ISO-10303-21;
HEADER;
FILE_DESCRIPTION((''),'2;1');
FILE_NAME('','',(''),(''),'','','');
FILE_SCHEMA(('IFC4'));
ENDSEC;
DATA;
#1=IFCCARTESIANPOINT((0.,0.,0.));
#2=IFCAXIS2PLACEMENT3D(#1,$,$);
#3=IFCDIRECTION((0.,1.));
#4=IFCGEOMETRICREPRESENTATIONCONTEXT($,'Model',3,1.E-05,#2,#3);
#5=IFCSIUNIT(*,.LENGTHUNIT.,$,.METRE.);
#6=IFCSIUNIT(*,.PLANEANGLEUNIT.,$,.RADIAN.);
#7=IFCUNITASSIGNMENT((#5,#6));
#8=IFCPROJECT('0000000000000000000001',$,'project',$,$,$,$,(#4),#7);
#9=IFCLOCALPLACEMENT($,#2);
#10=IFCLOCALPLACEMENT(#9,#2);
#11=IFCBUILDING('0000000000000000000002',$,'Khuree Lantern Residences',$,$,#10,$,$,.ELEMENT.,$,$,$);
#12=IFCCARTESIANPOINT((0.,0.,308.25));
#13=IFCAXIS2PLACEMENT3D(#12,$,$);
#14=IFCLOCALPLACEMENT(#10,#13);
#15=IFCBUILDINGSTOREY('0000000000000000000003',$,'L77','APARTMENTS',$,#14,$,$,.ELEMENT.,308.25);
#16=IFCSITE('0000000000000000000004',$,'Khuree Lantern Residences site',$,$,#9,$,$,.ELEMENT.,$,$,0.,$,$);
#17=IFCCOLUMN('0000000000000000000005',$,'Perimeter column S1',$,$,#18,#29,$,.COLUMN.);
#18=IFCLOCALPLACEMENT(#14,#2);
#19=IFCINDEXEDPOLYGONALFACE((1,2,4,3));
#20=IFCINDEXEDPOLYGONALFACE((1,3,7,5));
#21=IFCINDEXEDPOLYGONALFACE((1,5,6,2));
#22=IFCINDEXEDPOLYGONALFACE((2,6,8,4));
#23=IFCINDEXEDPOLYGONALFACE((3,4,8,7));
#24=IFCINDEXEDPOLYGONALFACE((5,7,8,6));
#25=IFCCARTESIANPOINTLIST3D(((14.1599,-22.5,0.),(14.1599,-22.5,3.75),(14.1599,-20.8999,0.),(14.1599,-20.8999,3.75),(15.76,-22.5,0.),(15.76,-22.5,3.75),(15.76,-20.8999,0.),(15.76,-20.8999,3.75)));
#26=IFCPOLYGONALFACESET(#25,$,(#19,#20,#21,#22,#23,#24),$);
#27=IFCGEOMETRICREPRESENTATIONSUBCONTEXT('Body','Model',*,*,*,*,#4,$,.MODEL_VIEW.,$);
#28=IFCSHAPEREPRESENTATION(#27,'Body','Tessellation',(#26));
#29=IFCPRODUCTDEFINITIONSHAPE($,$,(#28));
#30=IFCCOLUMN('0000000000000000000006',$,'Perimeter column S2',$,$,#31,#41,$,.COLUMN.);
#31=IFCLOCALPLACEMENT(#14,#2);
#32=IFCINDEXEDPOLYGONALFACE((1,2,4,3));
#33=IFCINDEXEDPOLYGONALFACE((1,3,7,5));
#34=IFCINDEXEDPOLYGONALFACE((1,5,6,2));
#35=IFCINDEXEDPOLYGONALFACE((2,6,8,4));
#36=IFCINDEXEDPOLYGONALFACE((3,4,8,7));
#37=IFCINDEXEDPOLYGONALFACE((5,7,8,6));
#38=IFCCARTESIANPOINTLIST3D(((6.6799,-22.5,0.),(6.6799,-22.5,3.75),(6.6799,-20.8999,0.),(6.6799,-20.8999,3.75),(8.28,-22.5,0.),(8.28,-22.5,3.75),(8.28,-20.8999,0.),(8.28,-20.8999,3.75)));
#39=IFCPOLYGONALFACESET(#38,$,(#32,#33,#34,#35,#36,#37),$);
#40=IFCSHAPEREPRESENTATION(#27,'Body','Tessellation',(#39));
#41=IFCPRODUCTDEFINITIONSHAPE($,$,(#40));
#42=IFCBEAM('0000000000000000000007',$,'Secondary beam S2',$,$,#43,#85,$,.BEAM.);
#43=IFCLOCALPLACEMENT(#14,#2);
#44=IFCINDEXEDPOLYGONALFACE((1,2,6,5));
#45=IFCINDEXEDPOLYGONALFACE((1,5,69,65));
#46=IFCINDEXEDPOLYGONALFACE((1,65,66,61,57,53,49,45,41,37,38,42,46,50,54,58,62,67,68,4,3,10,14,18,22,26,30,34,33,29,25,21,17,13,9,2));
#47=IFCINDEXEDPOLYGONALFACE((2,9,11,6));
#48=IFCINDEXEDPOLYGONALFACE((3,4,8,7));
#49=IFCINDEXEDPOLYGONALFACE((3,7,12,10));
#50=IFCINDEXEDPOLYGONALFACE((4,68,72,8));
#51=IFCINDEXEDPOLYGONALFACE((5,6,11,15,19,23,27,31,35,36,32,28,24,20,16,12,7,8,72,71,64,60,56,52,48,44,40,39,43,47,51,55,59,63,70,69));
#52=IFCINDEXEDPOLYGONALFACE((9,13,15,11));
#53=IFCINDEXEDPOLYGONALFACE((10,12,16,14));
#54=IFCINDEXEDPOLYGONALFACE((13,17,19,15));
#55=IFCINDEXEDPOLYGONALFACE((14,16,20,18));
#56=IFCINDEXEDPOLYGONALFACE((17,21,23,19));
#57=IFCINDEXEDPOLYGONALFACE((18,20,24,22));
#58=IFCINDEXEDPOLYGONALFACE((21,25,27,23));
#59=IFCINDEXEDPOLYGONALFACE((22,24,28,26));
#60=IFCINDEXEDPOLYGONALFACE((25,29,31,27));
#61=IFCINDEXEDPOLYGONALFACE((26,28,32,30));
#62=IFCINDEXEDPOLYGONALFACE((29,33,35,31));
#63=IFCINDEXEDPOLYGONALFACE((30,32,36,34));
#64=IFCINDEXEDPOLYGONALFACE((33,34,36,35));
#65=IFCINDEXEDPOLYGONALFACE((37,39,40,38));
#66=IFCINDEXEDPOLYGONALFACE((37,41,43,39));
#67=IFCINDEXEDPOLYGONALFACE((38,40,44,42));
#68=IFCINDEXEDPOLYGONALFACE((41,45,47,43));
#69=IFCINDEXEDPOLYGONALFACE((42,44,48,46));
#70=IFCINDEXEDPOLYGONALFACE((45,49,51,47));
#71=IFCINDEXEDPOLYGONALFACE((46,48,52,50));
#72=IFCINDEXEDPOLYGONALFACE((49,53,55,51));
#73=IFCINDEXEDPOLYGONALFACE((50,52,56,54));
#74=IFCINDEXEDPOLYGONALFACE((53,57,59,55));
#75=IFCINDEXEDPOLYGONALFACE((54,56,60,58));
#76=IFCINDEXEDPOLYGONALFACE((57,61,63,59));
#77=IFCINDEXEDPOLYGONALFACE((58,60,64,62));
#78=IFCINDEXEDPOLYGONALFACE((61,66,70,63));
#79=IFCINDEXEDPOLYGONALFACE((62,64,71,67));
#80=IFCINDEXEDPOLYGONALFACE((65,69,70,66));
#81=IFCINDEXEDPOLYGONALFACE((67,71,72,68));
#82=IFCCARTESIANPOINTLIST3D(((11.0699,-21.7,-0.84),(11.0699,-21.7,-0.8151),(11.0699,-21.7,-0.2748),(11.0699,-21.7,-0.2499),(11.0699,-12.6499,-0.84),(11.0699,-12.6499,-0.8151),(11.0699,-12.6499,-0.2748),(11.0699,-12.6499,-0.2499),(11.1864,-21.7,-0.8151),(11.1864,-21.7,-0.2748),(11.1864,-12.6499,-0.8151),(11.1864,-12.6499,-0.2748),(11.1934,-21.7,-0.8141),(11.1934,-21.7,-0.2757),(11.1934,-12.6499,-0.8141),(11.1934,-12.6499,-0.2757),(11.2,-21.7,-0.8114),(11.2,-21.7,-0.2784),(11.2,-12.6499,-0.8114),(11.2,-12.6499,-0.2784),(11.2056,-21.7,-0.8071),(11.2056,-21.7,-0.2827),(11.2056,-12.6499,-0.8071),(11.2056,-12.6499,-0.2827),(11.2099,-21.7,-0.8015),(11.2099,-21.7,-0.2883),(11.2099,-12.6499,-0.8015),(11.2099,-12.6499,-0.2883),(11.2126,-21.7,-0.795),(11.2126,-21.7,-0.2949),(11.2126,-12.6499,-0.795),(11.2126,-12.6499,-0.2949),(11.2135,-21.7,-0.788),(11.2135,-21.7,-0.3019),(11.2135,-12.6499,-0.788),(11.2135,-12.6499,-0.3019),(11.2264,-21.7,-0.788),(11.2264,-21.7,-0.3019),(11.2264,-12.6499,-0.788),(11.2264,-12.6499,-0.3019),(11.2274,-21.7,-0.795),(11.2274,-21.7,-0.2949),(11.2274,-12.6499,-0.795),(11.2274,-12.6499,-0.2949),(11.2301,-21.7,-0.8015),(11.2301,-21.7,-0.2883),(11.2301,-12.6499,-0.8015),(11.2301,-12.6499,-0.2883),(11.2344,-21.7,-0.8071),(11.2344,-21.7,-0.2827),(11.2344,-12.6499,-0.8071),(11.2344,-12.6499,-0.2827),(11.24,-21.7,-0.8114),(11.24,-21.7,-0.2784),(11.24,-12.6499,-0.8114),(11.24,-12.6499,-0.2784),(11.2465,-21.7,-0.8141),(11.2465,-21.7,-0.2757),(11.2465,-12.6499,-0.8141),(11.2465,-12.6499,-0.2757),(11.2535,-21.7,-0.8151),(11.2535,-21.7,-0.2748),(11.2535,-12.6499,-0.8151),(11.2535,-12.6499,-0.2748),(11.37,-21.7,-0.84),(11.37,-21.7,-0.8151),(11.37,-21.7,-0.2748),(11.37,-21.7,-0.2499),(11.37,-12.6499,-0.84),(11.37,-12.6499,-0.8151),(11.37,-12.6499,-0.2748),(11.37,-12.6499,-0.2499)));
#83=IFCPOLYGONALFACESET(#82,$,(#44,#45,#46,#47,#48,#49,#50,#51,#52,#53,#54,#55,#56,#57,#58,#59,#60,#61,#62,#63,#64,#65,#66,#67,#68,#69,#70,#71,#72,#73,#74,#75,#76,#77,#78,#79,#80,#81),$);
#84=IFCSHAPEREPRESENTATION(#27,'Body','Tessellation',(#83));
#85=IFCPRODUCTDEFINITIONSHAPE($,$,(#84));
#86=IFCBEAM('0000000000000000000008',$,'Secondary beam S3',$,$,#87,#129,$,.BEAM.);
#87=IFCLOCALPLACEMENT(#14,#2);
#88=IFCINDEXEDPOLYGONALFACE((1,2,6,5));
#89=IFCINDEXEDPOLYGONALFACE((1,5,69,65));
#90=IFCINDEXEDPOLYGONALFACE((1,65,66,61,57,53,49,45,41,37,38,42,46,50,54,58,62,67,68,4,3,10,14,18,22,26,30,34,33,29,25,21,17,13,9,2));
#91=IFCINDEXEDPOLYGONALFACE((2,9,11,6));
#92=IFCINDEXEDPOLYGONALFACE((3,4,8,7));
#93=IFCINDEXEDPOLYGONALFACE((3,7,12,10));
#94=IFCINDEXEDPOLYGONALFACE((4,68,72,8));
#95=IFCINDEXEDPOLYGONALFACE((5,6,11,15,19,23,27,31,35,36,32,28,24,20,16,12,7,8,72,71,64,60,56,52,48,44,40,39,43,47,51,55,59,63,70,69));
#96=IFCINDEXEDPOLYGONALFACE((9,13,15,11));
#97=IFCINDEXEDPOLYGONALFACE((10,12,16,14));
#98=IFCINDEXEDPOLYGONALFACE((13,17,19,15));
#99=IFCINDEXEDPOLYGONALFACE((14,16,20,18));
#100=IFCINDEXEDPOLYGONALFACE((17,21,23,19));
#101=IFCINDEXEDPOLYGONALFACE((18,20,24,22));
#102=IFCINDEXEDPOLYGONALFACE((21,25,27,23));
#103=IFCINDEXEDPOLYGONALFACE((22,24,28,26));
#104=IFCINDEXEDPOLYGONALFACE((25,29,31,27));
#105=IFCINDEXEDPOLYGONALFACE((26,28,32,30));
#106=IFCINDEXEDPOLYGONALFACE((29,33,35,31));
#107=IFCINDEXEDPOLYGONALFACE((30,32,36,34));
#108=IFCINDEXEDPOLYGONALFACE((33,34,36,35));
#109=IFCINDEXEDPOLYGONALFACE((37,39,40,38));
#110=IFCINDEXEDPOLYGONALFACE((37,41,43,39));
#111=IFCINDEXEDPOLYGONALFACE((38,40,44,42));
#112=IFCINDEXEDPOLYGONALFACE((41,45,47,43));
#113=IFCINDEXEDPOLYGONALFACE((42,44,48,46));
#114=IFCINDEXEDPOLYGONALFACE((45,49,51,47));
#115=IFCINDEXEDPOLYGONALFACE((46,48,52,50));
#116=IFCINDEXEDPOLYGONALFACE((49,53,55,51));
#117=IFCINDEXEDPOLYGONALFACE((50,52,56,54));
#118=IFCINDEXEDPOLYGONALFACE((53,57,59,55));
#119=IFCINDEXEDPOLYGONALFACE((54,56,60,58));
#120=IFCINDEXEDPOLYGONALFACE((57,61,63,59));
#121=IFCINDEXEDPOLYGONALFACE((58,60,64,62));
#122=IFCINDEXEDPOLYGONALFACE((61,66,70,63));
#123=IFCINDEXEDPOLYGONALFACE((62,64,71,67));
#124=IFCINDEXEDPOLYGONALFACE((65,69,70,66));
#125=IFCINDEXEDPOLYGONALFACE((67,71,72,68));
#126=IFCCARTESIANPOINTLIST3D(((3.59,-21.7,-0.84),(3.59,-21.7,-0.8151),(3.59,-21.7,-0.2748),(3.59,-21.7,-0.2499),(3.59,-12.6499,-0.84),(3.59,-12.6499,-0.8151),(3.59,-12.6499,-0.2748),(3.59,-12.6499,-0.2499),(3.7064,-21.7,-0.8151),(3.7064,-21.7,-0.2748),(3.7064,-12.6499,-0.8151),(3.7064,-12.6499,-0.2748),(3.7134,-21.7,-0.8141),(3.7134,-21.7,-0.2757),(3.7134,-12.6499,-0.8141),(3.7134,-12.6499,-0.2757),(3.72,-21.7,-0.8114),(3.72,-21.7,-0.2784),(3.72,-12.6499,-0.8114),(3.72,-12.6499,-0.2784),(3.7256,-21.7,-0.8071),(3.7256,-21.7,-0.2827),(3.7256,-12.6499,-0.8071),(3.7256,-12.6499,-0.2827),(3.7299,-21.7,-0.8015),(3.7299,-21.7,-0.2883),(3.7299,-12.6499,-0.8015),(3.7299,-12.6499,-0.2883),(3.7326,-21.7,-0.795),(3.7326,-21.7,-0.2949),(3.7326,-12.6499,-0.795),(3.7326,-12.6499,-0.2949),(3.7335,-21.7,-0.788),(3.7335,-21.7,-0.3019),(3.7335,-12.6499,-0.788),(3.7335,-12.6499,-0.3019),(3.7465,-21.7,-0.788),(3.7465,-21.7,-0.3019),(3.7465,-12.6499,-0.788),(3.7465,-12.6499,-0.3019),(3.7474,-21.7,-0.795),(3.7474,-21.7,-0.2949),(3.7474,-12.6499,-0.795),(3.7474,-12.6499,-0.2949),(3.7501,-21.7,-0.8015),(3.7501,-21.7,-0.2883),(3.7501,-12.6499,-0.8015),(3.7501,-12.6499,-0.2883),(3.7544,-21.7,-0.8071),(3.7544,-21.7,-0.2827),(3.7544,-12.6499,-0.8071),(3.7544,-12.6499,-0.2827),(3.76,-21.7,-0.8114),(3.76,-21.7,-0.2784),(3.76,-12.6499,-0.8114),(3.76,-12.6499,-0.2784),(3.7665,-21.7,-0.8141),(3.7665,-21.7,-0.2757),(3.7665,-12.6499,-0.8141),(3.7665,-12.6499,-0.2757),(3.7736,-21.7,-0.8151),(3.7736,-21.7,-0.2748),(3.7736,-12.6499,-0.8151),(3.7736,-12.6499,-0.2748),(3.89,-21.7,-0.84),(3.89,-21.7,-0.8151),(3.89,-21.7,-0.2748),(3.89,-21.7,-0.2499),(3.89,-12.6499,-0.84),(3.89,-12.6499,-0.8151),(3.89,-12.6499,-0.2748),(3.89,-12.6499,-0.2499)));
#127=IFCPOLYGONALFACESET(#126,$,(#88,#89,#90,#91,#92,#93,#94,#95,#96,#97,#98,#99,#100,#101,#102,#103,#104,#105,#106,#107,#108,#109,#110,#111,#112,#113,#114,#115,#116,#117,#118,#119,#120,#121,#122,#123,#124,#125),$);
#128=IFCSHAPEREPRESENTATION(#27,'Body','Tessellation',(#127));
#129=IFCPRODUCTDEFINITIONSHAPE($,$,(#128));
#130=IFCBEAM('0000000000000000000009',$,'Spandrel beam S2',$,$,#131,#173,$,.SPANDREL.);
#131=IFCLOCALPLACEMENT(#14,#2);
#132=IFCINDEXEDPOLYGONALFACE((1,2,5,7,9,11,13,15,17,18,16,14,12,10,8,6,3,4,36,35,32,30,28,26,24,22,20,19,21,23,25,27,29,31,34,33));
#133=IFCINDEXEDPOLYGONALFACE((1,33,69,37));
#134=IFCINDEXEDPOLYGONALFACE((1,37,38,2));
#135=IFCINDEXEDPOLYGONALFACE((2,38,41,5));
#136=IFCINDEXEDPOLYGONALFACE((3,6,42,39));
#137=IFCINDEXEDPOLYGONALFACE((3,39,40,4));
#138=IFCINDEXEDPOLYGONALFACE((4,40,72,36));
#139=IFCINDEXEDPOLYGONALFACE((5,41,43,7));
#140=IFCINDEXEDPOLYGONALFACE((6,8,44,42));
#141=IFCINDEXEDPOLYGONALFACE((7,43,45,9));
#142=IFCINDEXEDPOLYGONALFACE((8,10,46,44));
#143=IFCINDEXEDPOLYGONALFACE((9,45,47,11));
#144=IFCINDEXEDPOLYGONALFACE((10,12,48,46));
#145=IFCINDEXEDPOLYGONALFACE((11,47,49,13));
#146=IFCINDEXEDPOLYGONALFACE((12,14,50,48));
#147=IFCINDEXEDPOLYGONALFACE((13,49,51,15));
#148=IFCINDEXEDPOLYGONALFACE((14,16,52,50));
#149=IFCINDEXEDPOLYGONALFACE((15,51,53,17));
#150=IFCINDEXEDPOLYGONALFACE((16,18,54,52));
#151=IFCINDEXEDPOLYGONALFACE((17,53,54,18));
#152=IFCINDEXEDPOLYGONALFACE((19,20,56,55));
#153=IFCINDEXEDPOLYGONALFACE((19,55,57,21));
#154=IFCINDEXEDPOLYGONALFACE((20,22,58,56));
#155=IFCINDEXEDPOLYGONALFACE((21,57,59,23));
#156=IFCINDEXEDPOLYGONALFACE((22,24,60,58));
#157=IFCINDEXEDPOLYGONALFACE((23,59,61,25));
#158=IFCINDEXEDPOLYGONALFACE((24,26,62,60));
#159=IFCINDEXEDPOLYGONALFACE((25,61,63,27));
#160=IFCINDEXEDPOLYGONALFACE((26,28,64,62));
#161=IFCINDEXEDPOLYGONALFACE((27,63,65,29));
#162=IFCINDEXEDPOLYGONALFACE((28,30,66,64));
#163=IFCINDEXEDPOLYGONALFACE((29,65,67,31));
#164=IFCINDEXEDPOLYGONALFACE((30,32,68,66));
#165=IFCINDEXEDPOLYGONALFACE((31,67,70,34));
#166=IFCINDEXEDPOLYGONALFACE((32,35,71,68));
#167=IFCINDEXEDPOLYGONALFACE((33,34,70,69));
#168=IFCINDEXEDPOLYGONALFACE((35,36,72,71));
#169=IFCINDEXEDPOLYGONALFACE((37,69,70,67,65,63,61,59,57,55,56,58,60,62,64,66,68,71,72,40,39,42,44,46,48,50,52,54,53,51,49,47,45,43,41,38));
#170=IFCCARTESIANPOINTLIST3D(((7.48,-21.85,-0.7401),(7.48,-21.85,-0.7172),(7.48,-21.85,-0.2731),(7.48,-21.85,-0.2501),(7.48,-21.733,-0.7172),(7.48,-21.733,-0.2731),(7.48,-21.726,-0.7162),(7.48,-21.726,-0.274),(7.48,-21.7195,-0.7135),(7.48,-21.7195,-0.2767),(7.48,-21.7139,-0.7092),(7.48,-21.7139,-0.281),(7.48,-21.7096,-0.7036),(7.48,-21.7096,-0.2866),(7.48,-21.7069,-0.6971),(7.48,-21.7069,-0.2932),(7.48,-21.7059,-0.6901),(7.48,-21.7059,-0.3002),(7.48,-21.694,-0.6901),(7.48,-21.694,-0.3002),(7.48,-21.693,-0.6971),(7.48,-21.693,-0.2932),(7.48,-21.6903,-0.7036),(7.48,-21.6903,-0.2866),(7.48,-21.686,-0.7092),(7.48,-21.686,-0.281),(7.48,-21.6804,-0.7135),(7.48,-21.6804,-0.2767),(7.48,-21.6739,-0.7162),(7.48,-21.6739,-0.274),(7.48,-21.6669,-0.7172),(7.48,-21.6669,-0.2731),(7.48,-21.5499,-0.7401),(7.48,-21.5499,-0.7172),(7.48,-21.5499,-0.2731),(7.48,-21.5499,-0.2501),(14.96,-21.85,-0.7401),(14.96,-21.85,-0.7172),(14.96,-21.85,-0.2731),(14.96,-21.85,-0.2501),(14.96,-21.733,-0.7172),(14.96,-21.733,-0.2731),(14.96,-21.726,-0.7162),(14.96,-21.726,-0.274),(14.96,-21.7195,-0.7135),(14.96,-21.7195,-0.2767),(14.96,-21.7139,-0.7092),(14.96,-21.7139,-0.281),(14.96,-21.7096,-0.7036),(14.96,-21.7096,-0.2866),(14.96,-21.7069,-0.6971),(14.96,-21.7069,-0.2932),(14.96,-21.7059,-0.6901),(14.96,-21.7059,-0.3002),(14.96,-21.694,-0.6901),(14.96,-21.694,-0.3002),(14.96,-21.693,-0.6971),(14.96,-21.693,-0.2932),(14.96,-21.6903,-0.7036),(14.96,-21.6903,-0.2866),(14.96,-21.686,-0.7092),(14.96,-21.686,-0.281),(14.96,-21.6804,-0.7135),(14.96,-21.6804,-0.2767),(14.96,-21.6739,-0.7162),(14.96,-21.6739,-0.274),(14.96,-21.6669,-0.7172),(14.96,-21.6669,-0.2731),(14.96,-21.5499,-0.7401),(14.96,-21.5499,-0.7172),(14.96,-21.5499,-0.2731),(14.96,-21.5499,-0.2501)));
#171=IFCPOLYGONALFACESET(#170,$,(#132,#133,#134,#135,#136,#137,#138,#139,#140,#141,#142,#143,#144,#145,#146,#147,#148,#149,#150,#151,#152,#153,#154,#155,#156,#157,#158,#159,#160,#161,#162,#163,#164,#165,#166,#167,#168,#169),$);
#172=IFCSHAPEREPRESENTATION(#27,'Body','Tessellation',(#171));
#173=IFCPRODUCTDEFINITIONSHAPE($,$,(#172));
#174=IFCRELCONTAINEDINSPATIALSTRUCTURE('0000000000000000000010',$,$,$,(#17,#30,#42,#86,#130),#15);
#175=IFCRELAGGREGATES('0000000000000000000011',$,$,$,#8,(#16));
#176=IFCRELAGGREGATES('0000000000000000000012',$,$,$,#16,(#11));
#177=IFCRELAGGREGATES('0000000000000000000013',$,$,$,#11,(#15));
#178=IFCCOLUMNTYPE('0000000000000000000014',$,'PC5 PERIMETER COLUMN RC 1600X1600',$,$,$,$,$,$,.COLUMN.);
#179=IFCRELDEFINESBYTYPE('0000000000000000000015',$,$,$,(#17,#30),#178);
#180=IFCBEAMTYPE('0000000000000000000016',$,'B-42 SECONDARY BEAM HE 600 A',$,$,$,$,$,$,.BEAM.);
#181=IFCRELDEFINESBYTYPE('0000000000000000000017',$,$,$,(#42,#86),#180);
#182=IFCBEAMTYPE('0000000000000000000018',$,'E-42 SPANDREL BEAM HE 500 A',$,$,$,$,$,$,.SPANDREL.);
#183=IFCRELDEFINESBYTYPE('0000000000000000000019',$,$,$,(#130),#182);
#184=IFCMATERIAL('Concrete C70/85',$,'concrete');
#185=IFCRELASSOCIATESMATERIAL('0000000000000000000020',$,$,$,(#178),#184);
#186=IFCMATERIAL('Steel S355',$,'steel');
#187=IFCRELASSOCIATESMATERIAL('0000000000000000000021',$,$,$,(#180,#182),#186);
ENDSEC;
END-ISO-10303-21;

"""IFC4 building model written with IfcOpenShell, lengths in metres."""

from ifc_helpers import new_model, si_unit, direction, frame, origin, origin_2d, place, context, subcontext, project, spatial, rectangle, i_section, extrude, material, material_profile, profile_set, type_object, element, save


model = new_model("IFC4")

# Units and contexts
model_context = context("Model", 3, precision=1e-05, world=origin(), true_north=direction((0.0, 1.0)))
body_context = subcontext(model_context, "Body", "Model", "MODEL_VIEW")
ifc_project = project(units=[si_unit("LENGTHUNIT", "METRE"), si_unit("PLANEANGLEUNIT", "RADIAN")], contexts=[model_context])

# Site, building, storey
site_placement = place(None, origin())
site = spatial("IfcSite", under=ifc_project, at=site_placement, Name="Khuree Lantern Residences site", CompositionType="ELEMENT", RefElevation=0.0)
building_placement = place(site_placement, origin())
building = spatial("IfcBuilding", under=site, at=building_placement, Name="Khuree Lantern Residences", CompositionType="ELEMENT")
storey_placement = place(building_placement, frame((0.0, 0.0, 308.25)))
storey = spatial("IfcBuildingStorey", under=building, at=storey_placement, Name="L77", Description="APARTMENTS", CompositionType="ELEMENT", Elevation=308.25)

# Columns
ifc_material_1 = material(Name="Concrete C70/85", Category="concrete")
ifc_material_profile_1 = material_profile(ifc_material_1, rectangle(XDim=1.6001, YDim=1.6001, at=origin_2d()), Name="RC 1600X1600")
ifc_profile_set_1 = profile_set([ifc_material_profile_1], Name="Concrete C70/85")
column_type = type_object("IfcColumnType", Name="PC5 PERIMETER COLUMN RC 1600X1600", PredefinedType="COLUMN", material=ifc_profile_set_1)
for number, where, z_axis, x_axis, name in (
    (1, (14.96, -21.7, 0.0), (0.0, 0.0, 1.0), (1.0, 0.0, 0.0), "Perimeter column S1"),
    (2, (7.48, -21.7, 0.0), (0.0, 0.0, 1.0), (1.0, 0.0, 0.0), "Perimeter column S2"),
):
    element("IfcColumn", number, at=place(storey_placement, frame(where, z_axis=z_axis, x_axis=x_axis)), inside=storey, type_object=column_type, Name=name, PredefinedType="COLUMN", context=body_context, shape_type="SweptSolid", body=[
        extrude(rectangle(XDim=1.6001, YDim=1.6001, at=origin_2d()), origin(), (0.0, 0.0, 1.0), 3.75),
    ])

# Beams
ifc_material_2 = material(Name="Steel S355", Category="steel")
ifc_material_profile_2 = material_profile(ifc_material_2, i_section(OverallWidth=0.3, OverallDepth=0.5901, WebThickness=0.0129, FlangeThickness=0.0249, FilletRadius=0.0271, at=origin_2d()), Name="HE 600 A")
ifc_profile_set_2 = profile_set([ifc_material_profile_2], Name="Steel S355")
beam_type_1 = type_object("IfcBeamType", Name="B-42 SECONDARY BEAM HE 600 A", PredefinedType="BEAM", material=ifc_profile_set_2)
for number, where, z_axis, x_axis, name in (
    (3, (11.22, -21.7, -0.5449), (0.0, 1.0, 0.0), (-1.0, 0.0, 0.0), "Secondary beam S2"),
    (4, (3.74, -21.7, -0.5449), (0.0, 1.0, 0.0), (-1.0, 0.0, 0.0), "Secondary beam S3"),
):
    element("IfcBeam", number, at=place(storey_placement, frame(where, z_axis=z_axis, x_axis=x_axis)), inside=storey, type_object=beam_type_1, Name=name, PredefinedType="BEAM", context=body_context, shape_type="SweptSolid", body=[
        extrude(i_section(OverallWidth=0.3, OverallDepth=0.5901, WebThickness=0.0129, FlangeThickness=0.0249, FilletRadius=0.0271, at=origin_2d()), origin(), (0.0, 0.0, 1.0), 9.05),
    ])
ifc_material_profile_3 = material_profile(ifc_material_2, i_section(OverallWidth=0.3, OverallDepth=0.49, WebThickness=0.012, FlangeThickness=0.0229, FilletRadius=0.0271, at=origin_2d()), Name="HE 500 A")
ifc_profile_set_3 = profile_set([ifc_material_profile_3], Name="Steel S355")
beam_type_2 = type_object("IfcBeamType", Name="E-42 SPANDREL BEAM HE 500 A", PredefinedType="SPANDREL", material=ifc_profile_set_3)
for number, where, z_axis, x_axis, name in (
    (5, (14.96, -21.7, -0.4951), (-1.0, 0.0, 0.0), (0.0, -1.0, 0.0), "Spandrel beam S2"),
):
    element("IfcBeam", number, at=place(storey_placement, frame(where, z_axis=z_axis, x_axis=x_axis)), inside=storey, type_object=beam_type_2, Name=name, PredefinedType="SPANDREL", context=body_context, shape_type="SweptSolid", body=[
        extrude(i_section(OverallWidth=0.3, OverallDepth=0.49, WebThickness=0.012, FlangeThickness=0.0229, FilletRadius=0.0271, at=origin_2d()), origin(), (0.0, 0.0, 1.0), 7.48),
    ])

save(model, "model.ifc")
